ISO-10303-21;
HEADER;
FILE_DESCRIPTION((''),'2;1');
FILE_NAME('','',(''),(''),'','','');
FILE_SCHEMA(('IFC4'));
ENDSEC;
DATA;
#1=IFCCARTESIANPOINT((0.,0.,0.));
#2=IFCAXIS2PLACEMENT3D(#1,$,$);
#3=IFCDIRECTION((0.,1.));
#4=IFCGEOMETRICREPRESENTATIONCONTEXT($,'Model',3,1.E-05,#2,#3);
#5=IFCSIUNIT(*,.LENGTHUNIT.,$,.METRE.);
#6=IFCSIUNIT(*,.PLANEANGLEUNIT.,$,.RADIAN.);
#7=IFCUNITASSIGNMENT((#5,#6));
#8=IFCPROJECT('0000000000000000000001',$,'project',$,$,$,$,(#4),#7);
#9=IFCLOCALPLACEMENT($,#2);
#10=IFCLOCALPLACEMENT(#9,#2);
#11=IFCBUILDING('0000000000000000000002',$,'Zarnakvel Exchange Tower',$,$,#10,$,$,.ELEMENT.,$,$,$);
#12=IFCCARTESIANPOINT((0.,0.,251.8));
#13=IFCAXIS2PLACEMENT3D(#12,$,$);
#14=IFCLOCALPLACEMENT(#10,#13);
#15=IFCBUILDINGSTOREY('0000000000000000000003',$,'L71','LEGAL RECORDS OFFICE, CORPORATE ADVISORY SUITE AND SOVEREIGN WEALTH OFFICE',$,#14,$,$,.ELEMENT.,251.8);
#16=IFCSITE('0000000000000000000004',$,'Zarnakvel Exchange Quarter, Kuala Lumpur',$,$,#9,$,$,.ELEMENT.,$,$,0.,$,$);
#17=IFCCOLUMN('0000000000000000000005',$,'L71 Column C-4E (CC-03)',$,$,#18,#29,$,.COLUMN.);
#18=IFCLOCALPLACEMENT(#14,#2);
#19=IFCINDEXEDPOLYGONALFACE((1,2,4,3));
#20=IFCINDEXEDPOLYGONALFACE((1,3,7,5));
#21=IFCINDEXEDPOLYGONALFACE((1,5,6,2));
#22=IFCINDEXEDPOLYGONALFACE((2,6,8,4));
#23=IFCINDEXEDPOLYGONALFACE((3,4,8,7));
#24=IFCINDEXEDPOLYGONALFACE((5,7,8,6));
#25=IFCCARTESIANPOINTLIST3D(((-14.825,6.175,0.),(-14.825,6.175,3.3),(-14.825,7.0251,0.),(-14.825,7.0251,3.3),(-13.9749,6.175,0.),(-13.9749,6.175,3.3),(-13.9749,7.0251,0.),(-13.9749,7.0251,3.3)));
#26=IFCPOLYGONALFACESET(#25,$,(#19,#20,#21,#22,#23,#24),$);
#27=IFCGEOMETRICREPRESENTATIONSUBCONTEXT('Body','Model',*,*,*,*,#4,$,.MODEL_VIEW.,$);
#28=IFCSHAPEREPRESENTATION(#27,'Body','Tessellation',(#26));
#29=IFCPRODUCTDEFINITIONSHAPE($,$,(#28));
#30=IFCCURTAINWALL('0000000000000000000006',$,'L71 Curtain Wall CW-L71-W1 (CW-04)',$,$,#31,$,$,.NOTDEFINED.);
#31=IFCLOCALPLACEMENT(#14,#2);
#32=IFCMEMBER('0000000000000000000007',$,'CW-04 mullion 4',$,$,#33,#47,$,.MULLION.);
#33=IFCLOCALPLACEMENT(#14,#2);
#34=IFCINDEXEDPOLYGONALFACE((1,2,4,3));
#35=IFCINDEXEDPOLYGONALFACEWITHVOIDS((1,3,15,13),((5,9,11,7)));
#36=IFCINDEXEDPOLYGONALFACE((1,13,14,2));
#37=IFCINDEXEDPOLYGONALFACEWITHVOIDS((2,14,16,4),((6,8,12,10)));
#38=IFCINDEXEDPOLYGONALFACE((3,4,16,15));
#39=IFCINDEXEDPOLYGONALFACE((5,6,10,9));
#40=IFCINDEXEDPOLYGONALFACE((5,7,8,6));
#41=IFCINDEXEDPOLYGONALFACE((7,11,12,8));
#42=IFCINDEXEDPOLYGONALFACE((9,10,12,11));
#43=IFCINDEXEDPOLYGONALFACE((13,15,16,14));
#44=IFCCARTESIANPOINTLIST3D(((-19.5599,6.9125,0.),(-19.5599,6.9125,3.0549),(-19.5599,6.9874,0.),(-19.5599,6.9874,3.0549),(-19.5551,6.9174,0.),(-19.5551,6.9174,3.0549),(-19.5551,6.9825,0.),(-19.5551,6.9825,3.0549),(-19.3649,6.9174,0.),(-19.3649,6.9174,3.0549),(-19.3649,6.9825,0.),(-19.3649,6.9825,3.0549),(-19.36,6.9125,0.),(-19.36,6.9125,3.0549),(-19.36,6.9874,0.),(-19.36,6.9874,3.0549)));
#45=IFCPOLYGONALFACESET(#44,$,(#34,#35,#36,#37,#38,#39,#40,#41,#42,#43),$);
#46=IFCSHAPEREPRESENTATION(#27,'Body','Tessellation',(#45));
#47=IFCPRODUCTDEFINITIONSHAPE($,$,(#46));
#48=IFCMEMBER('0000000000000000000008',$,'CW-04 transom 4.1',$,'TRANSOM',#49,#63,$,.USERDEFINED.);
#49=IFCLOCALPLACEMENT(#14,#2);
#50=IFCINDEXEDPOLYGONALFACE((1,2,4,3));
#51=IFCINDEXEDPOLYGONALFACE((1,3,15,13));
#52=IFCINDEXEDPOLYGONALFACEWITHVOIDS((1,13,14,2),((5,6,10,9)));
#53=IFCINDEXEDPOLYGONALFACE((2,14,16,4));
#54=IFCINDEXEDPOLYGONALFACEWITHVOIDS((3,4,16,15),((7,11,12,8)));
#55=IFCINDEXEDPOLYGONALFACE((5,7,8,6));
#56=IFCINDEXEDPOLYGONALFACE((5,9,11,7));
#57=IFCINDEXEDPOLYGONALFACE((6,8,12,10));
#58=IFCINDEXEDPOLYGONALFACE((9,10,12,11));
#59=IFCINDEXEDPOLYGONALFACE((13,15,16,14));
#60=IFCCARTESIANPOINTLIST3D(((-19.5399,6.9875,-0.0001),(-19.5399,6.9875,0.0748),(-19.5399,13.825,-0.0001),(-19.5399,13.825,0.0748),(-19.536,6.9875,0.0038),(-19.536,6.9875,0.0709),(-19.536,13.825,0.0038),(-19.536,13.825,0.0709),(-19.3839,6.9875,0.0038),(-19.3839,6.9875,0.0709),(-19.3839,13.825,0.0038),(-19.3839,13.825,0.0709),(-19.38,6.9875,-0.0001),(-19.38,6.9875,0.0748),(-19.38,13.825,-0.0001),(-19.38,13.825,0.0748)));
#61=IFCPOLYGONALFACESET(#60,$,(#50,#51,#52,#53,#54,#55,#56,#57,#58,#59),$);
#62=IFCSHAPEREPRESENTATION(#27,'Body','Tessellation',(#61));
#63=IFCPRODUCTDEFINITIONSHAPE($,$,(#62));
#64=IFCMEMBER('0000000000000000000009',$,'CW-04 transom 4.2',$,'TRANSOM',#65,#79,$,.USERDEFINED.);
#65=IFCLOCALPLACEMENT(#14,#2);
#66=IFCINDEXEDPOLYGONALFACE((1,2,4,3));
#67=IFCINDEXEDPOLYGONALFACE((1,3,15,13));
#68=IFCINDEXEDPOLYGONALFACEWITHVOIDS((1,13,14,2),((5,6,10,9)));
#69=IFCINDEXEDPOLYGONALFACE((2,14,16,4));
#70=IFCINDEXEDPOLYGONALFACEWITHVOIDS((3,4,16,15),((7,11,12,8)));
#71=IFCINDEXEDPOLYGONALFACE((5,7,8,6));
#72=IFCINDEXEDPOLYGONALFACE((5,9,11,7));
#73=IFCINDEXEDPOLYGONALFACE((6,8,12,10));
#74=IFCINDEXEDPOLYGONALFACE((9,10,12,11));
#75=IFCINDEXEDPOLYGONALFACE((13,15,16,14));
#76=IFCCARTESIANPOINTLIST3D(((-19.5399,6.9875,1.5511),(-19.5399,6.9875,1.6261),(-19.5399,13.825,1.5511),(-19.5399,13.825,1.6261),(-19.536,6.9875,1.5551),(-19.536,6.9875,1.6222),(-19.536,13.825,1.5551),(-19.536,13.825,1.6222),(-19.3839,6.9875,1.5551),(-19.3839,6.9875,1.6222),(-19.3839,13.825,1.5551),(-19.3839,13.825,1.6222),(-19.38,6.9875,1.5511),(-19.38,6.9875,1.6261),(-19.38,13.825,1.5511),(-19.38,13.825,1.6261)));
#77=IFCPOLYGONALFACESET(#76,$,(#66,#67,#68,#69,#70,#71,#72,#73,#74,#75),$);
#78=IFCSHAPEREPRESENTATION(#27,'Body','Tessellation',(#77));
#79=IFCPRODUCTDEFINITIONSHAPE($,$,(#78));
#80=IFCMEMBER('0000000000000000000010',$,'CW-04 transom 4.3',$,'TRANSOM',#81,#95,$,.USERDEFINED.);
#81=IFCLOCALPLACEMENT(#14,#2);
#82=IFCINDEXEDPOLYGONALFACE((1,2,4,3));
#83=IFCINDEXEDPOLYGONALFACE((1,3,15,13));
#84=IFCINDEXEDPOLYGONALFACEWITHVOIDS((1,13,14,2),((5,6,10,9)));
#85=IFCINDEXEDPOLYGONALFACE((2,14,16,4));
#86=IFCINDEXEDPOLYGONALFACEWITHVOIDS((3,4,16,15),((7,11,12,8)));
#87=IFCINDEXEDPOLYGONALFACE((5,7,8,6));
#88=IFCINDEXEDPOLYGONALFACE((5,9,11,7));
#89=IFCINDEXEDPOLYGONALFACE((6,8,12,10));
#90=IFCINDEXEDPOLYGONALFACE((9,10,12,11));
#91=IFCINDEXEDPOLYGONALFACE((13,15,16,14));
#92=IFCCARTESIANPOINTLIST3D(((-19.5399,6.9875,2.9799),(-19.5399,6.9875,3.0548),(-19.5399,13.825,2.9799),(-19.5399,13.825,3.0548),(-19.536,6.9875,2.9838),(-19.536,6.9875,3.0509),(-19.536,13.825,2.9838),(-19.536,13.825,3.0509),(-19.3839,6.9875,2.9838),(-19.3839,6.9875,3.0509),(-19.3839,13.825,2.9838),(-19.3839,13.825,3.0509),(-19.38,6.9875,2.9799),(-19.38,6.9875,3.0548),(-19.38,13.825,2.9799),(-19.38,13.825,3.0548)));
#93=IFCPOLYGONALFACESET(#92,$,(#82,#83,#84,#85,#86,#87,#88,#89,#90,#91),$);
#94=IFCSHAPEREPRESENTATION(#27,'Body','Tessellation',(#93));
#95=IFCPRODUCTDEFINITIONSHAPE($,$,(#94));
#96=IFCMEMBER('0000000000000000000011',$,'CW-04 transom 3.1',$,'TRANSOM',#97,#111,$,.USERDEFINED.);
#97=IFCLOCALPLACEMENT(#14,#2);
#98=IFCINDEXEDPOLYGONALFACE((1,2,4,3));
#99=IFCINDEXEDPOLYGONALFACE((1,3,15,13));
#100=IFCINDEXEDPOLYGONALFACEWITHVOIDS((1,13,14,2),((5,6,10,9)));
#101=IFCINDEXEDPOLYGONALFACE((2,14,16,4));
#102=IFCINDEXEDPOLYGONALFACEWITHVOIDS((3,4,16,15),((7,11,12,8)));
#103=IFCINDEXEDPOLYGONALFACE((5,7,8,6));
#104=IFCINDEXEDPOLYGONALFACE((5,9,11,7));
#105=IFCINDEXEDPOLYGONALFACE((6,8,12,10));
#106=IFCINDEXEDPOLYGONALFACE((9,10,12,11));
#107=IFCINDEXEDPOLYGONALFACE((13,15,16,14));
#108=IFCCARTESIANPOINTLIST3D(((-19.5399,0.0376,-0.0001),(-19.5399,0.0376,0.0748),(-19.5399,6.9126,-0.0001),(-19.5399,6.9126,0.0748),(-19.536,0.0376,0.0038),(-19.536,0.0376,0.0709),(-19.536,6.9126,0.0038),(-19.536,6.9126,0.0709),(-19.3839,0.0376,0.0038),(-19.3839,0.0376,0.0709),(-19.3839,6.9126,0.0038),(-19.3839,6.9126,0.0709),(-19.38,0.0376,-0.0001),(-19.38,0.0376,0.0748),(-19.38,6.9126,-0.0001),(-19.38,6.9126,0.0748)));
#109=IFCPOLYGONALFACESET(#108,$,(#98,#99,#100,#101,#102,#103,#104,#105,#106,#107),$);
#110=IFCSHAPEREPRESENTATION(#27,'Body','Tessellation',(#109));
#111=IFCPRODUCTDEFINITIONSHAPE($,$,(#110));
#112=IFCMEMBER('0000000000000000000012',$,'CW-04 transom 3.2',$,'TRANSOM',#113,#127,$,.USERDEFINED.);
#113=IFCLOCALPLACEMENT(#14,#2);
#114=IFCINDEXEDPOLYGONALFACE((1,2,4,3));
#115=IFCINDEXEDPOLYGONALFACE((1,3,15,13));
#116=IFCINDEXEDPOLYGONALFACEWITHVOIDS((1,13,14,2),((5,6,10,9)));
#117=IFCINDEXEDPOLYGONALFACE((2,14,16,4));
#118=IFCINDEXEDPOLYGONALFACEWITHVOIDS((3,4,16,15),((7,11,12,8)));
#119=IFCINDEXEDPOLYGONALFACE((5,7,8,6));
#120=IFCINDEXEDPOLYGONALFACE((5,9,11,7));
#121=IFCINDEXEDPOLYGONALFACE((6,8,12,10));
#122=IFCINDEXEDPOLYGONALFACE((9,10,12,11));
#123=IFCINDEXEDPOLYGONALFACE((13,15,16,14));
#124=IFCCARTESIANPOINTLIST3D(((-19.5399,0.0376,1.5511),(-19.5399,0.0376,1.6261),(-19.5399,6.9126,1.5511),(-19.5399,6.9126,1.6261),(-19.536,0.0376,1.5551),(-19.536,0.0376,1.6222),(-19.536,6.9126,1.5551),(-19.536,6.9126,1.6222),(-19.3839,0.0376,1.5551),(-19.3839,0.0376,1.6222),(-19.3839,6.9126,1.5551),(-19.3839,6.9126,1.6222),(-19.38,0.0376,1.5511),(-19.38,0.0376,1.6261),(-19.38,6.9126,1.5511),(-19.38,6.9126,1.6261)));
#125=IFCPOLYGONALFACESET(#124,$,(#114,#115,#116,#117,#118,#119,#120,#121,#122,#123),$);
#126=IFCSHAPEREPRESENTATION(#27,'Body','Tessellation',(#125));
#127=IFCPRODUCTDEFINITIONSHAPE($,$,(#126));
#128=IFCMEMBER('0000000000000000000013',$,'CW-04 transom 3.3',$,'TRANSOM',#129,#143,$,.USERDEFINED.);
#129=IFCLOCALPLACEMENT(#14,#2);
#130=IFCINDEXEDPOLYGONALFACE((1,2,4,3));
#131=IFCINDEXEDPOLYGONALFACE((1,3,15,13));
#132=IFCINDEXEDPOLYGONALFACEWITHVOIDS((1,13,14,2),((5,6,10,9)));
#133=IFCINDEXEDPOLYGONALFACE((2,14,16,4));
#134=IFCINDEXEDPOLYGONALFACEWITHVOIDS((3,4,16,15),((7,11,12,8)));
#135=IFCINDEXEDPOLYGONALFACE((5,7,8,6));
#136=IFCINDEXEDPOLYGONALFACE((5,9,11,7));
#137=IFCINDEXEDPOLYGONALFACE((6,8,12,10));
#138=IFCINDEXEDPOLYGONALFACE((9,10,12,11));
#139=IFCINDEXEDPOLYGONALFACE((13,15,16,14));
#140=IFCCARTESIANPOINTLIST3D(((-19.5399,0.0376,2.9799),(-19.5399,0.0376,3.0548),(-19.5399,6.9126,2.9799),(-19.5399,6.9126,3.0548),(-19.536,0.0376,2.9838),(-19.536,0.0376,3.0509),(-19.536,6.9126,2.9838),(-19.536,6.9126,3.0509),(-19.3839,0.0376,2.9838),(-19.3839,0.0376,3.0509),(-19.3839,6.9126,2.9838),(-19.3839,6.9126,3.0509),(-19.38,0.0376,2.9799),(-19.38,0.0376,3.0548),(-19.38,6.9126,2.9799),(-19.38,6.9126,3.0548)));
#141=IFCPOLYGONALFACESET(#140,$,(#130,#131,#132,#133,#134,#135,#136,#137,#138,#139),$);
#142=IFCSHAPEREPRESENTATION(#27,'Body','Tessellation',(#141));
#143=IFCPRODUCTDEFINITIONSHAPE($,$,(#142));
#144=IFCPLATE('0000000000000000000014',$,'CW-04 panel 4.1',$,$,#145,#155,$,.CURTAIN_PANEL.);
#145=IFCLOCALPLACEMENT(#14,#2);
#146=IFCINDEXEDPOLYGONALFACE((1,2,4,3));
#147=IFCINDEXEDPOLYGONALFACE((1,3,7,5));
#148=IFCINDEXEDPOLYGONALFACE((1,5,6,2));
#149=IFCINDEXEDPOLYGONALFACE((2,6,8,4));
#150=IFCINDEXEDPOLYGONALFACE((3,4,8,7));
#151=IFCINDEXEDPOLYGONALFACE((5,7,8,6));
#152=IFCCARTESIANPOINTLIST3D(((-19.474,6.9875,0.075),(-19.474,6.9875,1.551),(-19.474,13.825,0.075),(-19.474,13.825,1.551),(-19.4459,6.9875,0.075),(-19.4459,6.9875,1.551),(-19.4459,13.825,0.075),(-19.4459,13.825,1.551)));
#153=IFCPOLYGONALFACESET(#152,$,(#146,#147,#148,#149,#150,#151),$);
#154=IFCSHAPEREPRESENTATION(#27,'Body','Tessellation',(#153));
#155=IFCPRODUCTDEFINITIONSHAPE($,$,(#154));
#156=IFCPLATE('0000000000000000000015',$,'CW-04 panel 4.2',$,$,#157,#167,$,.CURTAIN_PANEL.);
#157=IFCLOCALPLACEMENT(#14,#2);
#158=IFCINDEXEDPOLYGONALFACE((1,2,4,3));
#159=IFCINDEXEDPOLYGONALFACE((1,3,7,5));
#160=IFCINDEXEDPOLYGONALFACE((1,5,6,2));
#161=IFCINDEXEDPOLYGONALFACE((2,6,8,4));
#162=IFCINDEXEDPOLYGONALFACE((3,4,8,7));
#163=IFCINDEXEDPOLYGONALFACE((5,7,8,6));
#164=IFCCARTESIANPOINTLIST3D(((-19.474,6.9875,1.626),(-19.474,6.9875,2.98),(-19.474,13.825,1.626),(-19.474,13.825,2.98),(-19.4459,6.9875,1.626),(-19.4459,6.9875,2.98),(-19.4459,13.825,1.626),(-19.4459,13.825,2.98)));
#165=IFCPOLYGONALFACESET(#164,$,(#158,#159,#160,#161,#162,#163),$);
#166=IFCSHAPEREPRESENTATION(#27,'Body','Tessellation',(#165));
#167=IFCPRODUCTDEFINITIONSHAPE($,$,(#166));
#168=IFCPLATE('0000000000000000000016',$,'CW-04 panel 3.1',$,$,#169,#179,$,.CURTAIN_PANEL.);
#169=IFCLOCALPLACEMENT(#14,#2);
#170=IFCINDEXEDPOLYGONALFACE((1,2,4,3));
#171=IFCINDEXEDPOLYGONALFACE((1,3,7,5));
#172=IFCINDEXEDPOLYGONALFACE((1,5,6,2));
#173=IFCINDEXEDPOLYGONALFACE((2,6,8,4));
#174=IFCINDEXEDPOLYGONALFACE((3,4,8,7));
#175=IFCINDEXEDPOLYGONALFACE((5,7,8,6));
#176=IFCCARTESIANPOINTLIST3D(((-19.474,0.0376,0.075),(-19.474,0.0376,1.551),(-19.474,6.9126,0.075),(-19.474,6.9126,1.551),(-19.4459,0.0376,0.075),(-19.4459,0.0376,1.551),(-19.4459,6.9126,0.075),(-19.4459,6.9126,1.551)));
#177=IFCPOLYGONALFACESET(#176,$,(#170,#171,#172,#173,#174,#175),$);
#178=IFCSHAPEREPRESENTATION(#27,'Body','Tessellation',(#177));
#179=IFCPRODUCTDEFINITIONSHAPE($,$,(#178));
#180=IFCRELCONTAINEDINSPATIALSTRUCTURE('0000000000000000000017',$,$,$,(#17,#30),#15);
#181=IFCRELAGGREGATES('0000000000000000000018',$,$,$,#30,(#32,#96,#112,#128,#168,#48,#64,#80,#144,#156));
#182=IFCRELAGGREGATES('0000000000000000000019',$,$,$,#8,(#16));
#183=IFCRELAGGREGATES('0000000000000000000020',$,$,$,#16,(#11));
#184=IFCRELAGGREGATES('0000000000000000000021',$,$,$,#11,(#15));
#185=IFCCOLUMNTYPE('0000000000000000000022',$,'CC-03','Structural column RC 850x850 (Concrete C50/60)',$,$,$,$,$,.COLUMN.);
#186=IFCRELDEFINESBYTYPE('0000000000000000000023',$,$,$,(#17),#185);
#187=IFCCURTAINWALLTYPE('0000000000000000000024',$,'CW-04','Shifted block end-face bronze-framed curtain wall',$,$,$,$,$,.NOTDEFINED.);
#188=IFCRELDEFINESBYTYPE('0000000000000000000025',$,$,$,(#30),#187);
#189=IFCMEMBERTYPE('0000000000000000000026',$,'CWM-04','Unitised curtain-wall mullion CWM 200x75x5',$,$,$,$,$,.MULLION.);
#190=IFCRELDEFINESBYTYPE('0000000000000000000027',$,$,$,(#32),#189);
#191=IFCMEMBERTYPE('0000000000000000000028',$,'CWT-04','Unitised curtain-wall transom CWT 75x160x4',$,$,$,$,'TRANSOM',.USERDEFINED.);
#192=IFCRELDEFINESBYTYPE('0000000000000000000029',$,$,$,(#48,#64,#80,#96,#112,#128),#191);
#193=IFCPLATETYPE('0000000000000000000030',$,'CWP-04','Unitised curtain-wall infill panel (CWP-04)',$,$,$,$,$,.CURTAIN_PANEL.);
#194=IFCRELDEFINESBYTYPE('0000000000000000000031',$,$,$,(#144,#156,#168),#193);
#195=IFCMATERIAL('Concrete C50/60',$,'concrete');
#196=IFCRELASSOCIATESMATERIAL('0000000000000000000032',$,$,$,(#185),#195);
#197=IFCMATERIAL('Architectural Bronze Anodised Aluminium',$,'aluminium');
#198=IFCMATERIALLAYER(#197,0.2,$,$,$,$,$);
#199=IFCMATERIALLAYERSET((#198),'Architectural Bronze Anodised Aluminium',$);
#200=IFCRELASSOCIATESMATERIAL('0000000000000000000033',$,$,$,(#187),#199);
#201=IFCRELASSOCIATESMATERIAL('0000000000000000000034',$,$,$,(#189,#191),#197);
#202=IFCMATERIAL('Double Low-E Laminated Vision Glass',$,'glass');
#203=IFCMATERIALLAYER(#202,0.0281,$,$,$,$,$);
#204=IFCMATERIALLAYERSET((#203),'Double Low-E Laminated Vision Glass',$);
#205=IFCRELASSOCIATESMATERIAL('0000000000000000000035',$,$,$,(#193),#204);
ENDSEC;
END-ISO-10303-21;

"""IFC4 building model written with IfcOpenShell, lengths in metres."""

from ifc_helpers import new_model, si_unit, direction, frame, origin, origin_2d, place, context, subcontext, project, spatial, rectangle, hollow_rectangle, extrude, source, transform, mapped, material, layer, layer_set, material_profile, profile_set, type_object, element, aggregate, save


model = new_model("IFC4")

# Units and contexts
model_context = context("Model", 3, precision=1e-05, world=origin(), true_north=direction((0.0, 1.0)))
body_context = subcontext(model_context, "Body", "Model", "MODEL_VIEW")
ifc_project = project(units=[si_unit("LENGTHUNIT", "METRE"), si_unit("PLANEANGLEUNIT", "RADIAN")], contexts=[model_context])

# Site, building, storey
site_placement = place(None, origin())
site = spatial("IfcSite", under=ifc_project, at=site_placement, Name="Zarnakvel Exchange Quarter, Kuala Lumpur", CompositionType="ELEMENT", RefElevation=0.0)
building_placement = place(site_placement, origin())
building = spatial("IfcBuilding", under=site, at=building_placement, Name="Zarnakvel Exchange Tower", CompositionType="ELEMENT")
storey_placement = place(building_placement, frame((0.0, 0.0, 251.8)))
storey = spatial("IfcBuildingStorey", under=building, at=storey_placement, Name="L71", Description="LEGAL RECORDS OFFICE, CORPORATE ADVISORY SUITE AND SOVEREIGN WEALTH OFFICE", CompositionType="ELEMENT", Elevation=251.8)

# Column
ifc_material_1 = material(Name="Concrete C50/60", Category="concrete")
ifc_material_profile_1 = material_profile(ifc_material_1, rectangle(XDim=0.8501, YDim=0.8501, at=origin_2d()))
ifc_profile_set_1 = profile_set([ifc_material_profile_1], Name="Concrete C50/60")
column_type = type_object("IfcColumnType", Name="CC-03", Description="Structural column RC 850x850 (Concrete C50/60)", PredefinedType="COLUMN", material=ifc_profile_set_1)
column_placement = place(storey_placement, frame((-14.3999, 6.6001, 0.0), z_axis=(0.0, 0.0, 1.0), x_axis=(1.0, 0.0, 0.0)))
element("IfcColumn", 1, at=column_placement, inside=storey, type_object=column_type, Name="L71 Column C-4E (CC-03)", PredefinedType="COLUMN", context=body_context, shape_type="SweptSolid", body=[
    extrude(rectangle(XDim=0.8501, YDim=0.8501, at=origin_2d()), origin(), (0.0, 0.0, 1.0), 3.3),
])

# Curtain wall, members, plates
ifc_material_2 = material(Name="Architectural Bronze Anodised Aluminium", Category="aluminium")
ifc_layer_1 = layer(ifc_material_2, 0.2)
ifc_layer_set_1 = layer_set([ifc_layer_1], Name="Architectural Bronze Anodised Aluminium")
curtain_wall_type = type_object("IfcCurtainWallType", Name="CW-04", Description="Shifted block end-face bronze-framed curtain wall", PredefinedType="NOTDEFINED", material=ifc_layer_set_1)
curtain_wall_placement = place(storey_placement, origin())
curtain_wall = element("IfcCurtainWall", 2, at=curtain_wall_placement, inside=storey, type_object=curtain_wall_type, Name="L71 Curtain Wall CW-L71-W1 (CW-04)", PredefinedType="NOTDEFINED")
ifc_material_profile_2 = material_profile(ifc_material_2, hollow_rectangle(XDim=0.2, YDim=0.075, WallThickness=0.0049, at=origin_2d()))
ifc_profile_set_2 = profile_set([ifc_material_profile_2], Name="Architectural Bronze Anodised Aluminium")
member_type_1 = type_object("IfcMemberType", Name="CWM-04", Description="Unitised curtain-wall mullion CWM 200x75x5", PredefinedType="MULLION", material=ifc_profile_set_2)
shared_shape_1 = source(origin(), body_context, "Body", "SweptSolid", [
    extrude(hollow_rectangle(XDim=0.2, YDim=0.075, WallThickness=0.0049, at=origin_2d()), origin(), (0.0, 0.0, 1.0), 3.0549),
])
member_1_placement = place(storey_placement, frame((-19.46, 6.95, 0.0), z_axis=(0.0, 0.0, 1.0), x_axis=(-1.0, 0.0, 0.0)))
member_1 = element("IfcMember", 3, at=member_1_placement, type_object=member_type_1, Name="CW-04 mullion 4", PredefinedType="MULLION", context=body_context, shape_type="MappedRepresentation", body=[
    mapped(shared_shape_1, transform((0.0, 0.0, 0.0), x_axis=(1.0, 0.0, 0.0), y_axis=(0.0, 1.0, 0.0), z_axis=(0.0, 0.0, 1.0), scale=1.0)),
])
ifc_material_profile_3 = material_profile(ifc_material_2, hollow_rectangle(XDim=0.1599, YDim=0.075, WallThickness=0.0039, at=origin_2d()))
ifc_profile_set_3 = profile_set([ifc_material_profile_3], Name="Architectural Bronze Anodised Aluminium")
member_type_2 = type_object("IfcMemberType", Name="CWT-04", Description="Unitised curtain-wall transom CWT 75x160x4", ElementType="TRANSOM", PredefinedType="USERDEFINED", material=ifc_profile_set_3)
shared_shape_2 = source(origin(), body_context, "Body", "SweptSolid", [
    extrude(hollow_rectangle(XDim=0.1599, YDim=0.075, WallThickness=0.0039, at=origin_2d()), origin(), (0.0, 0.0, 1.0), 6.8374),
])
member_2_placement = place(storey_placement, frame((-19.46, 6.9875, 0.0374), z_axis=(0.0, 1.0, 0.0), x_axis=(-1.0, 0.0, 0.0)))
member_2 = element("IfcMember", 4, at=member_2_placement, type_object=member_type_2, Name="CW-04 transom 4.1", ObjectType="TRANSOM", PredefinedType="USERDEFINED", context=body_context, shape_type="MappedRepresentation", body=[
    mapped(shared_shape_2, transform((0.0, 0.0, 0.0), x_axis=(1.0, 0.0, 0.0), y_axis=(0.0, 1.0, 0.0), z_axis=(0.0, 0.0, 1.0), scale=1.0)),
])
member_3_placement = place(storey_placement, frame((-19.46, 6.9875, 1.5886), z_axis=(0.0, 1.0, 0.0), x_axis=(-1.0, 0.0, 0.0)))
member_3 = element("IfcMember", 5, at=member_3_placement, type_object=member_type_2, Name="CW-04 transom 4.2", ObjectType="TRANSOM", PredefinedType="USERDEFINED", context=body_context, shape_type="MappedRepresentation", body=[
    mapped(shared_shape_2, transform((0.0, 0.0, 0.0), x_axis=(1.0, 0.0, 0.0), y_axis=(0.0, 1.0, 0.0), z_axis=(0.0, 0.0, 1.0), scale=1.0)),
])
member_4_placement = place(storey_placement, frame((-19.46, 6.9875, 3.0173), z_axis=(0.0, 1.0, 0.0), x_axis=(-1.0, 0.0, 0.0)))
member_4 = element("IfcMember", 6, at=member_4_placement, type_object=member_type_2, Name="CW-04 transom 4.3", ObjectType="TRANSOM", PredefinedType="USERDEFINED", context=body_context, shape_type="MappedRepresentation", body=[
    mapped(shared_shape_2, transform((0.0, 0.0, 0.0), x_axis=(1.0, 0.0, 0.0), y_axis=(0.0, 1.0, 0.0), z_axis=(0.0, 0.0, 1.0), scale=1.0)),
])
shared_shape_3 = source(origin(), body_context, "Body", "SweptSolid", [
    extrude(hollow_rectangle(XDim=0.1599, YDim=0.075, WallThickness=0.0039, at=origin_2d()), origin(), (0.0, 0.0, 1.0), 6.875),
])
member_5_placement = place(storey_placement, frame((-19.46, 0.0376, 0.0374), z_axis=(0.0, 1.0, 0.0), x_axis=(-1.0, 0.0, 0.0)))
member_5 = element("IfcMember", 7, at=member_5_placement, type_object=member_type_2, Name="CW-04 transom 3.1", ObjectType="TRANSOM", PredefinedType="USERDEFINED", context=body_context, shape_type="MappedRepresentation", body=[
    mapped(shared_shape_3, transform((0.0, 0.0, 0.0), x_axis=(1.0, 0.0, 0.0), y_axis=(0.0, 1.0, 0.0), z_axis=(0.0, 0.0, 1.0), scale=1.0)),
])
member_6_placement = place(storey_placement, frame((-19.46, 0.0376, 1.5886), z_axis=(0.0, 1.0, 0.0), x_axis=(-1.0, 0.0, 0.0)))
member_6 = element("IfcMember", 8, at=member_6_placement, type_object=member_type_2, Name="CW-04 transom 3.2", ObjectType="TRANSOM", PredefinedType="USERDEFINED", context=body_context, shape_type="MappedRepresentation", body=[
    mapped(shared_shape_3, transform((0.0, 0.0, 0.0), x_axis=(1.0, 0.0, 0.0), y_axis=(0.0, 1.0, 0.0), z_axis=(0.0, 0.0, 1.0), scale=1.0)),
])
member_7_placement = place(storey_placement, frame((-19.46, 0.0376, 3.0173), z_axis=(0.0, 1.0, 0.0), x_axis=(-1.0, 0.0, 0.0)))
member_7 = element("IfcMember", 9, at=member_7_placement, type_object=member_type_2, Name="CW-04 transom 3.3", ObjectType="TRANSOM", PredefinedType="USERDEFINED", context=body_context, shape_type="MappedRepresentation", body=[
    mapped(shared_shape_3, transform((0.0, 0.0, 0.0), x_axis=(1.0, 0.0, 0.0), y_axis=(0.0, 1.0, 0.0), z_axis=(0.0, 0.0, 1.0), scale=1.0)),
])
ifc_material_3 = material(Name="Double Low-E Laminated Vision Glass", Category="glass")
ifc_layer_2 = layer(ifc_material_3, 0.0281)
ifc_layer_set_2 = layer_set([ifc_layer_2], Name="Double Low-E Laminated Vision Glass")
plate_type = type_object("IfcPlateType", Name="CWP-04", Description="Unitised curtain-wall infill panel (CWP-04)", PredefinedType="CURTAIN_PANEL", material=ifc_layer_set_2)
shared_shape_4 = source(origin(), body_context, "Body", "SweptSolid", [
    extrude(rectangle(XDim=6.8374, YDim=0.0281, at=origin_2d()), origin(), (0.0, 0.0, 1.0), 1.4761),
])
plate_1_placement = place(storey_placement, frame((-19.46, 10.4062, 0.075), z_axis=(0.0, 0.0, 1.0), x_axis=(0.0, 1.0, 0.0)))
plate_1 = element("IfcPlate", 10, at=plate_1_placement, type_object=plate_type, Name="CW-04 panel 4.1", PredefinedType="CURTAIN_PANEL", context=body_context, shape_type="MappedRepresentation", body=[
    mapped(shared_shape_4, transform((0.0, 0.0, 0.0), x_axis=(1.0, 0.0, 0.0), y_axis=(0.0, 1.0, 0.0), z_axis=(0.0, 0.0, 1.0), scale=1.0)),
])
shared_shape_5 = source(origin(), body_context, "Body", "SweptSolid", [
    extrude(rectangle(XDim=6.8374, YDim=0.0281, at=origin_2d()), origin(), (0.0, 0.0, 1.0), 1.354),
])
plate_2_placement = place(storey_placement, frame((-19.46, 10.4062, 1.626), z_axis=(0.0, 0.0, 1.0), x_axis=(0.0, 1.0, 0.0)))
plate_2 = element("IfcPlate", 11, at=plate_2_placement, type_object=plate_type, Name="CW-04 panel 4.2", PredefinedType="CURTAIN_PANEL", context=body_context, shape_type="MappedRepresentation", body=[
    mapped(shared_shape_5, transform((0.0, 0.0, 0.0), x_axis=(1.0, 0.0, 0.0), y_axis=(0.0, 1.0, 0.0), z_axis=(0.0, 0.0, 1.0), scale=1.0)),
])
shared_shape_6 = source(origin(), body_context, "Body", "SweptSolid", [
    extrude(rectangle(XDim=6.875, YDim=0.0281, at=origin_2d()), origin(), (0.0, 0.0, 1.0), 1.4761),
])
plate_3_placement = place(storey_placement, frame((-19.46, 3.4751, 0.075), z_axis=(0.0, 0.0, 1.0), x_axis=(0.0, 1.0, 0.0)))
plate_3 = element("IfcPlate", 12, at=plate_3_placement, type_object=plate_type, Name="CW-04 panel 3.1", PredefinedType="CURTAIN_PANEL", context=body_context, shape_type="MappedRepresentation", body=[
    mapped(shared_shape_6, transform((0.0, 0.0, 0.0), x_axis=(1.0, 0.0, 0.0), y_axis=(0.0, 1.0, 0.0), z_axis=(0.0, 0.0, 1.0), scale=1.0)),
])
aggregate(curtain_wall, [member_1, member_5, member_6, member_7, plate_3, member_2, member_3, member_4, plate_1, plate_2])

save(model, "model.ifc")
